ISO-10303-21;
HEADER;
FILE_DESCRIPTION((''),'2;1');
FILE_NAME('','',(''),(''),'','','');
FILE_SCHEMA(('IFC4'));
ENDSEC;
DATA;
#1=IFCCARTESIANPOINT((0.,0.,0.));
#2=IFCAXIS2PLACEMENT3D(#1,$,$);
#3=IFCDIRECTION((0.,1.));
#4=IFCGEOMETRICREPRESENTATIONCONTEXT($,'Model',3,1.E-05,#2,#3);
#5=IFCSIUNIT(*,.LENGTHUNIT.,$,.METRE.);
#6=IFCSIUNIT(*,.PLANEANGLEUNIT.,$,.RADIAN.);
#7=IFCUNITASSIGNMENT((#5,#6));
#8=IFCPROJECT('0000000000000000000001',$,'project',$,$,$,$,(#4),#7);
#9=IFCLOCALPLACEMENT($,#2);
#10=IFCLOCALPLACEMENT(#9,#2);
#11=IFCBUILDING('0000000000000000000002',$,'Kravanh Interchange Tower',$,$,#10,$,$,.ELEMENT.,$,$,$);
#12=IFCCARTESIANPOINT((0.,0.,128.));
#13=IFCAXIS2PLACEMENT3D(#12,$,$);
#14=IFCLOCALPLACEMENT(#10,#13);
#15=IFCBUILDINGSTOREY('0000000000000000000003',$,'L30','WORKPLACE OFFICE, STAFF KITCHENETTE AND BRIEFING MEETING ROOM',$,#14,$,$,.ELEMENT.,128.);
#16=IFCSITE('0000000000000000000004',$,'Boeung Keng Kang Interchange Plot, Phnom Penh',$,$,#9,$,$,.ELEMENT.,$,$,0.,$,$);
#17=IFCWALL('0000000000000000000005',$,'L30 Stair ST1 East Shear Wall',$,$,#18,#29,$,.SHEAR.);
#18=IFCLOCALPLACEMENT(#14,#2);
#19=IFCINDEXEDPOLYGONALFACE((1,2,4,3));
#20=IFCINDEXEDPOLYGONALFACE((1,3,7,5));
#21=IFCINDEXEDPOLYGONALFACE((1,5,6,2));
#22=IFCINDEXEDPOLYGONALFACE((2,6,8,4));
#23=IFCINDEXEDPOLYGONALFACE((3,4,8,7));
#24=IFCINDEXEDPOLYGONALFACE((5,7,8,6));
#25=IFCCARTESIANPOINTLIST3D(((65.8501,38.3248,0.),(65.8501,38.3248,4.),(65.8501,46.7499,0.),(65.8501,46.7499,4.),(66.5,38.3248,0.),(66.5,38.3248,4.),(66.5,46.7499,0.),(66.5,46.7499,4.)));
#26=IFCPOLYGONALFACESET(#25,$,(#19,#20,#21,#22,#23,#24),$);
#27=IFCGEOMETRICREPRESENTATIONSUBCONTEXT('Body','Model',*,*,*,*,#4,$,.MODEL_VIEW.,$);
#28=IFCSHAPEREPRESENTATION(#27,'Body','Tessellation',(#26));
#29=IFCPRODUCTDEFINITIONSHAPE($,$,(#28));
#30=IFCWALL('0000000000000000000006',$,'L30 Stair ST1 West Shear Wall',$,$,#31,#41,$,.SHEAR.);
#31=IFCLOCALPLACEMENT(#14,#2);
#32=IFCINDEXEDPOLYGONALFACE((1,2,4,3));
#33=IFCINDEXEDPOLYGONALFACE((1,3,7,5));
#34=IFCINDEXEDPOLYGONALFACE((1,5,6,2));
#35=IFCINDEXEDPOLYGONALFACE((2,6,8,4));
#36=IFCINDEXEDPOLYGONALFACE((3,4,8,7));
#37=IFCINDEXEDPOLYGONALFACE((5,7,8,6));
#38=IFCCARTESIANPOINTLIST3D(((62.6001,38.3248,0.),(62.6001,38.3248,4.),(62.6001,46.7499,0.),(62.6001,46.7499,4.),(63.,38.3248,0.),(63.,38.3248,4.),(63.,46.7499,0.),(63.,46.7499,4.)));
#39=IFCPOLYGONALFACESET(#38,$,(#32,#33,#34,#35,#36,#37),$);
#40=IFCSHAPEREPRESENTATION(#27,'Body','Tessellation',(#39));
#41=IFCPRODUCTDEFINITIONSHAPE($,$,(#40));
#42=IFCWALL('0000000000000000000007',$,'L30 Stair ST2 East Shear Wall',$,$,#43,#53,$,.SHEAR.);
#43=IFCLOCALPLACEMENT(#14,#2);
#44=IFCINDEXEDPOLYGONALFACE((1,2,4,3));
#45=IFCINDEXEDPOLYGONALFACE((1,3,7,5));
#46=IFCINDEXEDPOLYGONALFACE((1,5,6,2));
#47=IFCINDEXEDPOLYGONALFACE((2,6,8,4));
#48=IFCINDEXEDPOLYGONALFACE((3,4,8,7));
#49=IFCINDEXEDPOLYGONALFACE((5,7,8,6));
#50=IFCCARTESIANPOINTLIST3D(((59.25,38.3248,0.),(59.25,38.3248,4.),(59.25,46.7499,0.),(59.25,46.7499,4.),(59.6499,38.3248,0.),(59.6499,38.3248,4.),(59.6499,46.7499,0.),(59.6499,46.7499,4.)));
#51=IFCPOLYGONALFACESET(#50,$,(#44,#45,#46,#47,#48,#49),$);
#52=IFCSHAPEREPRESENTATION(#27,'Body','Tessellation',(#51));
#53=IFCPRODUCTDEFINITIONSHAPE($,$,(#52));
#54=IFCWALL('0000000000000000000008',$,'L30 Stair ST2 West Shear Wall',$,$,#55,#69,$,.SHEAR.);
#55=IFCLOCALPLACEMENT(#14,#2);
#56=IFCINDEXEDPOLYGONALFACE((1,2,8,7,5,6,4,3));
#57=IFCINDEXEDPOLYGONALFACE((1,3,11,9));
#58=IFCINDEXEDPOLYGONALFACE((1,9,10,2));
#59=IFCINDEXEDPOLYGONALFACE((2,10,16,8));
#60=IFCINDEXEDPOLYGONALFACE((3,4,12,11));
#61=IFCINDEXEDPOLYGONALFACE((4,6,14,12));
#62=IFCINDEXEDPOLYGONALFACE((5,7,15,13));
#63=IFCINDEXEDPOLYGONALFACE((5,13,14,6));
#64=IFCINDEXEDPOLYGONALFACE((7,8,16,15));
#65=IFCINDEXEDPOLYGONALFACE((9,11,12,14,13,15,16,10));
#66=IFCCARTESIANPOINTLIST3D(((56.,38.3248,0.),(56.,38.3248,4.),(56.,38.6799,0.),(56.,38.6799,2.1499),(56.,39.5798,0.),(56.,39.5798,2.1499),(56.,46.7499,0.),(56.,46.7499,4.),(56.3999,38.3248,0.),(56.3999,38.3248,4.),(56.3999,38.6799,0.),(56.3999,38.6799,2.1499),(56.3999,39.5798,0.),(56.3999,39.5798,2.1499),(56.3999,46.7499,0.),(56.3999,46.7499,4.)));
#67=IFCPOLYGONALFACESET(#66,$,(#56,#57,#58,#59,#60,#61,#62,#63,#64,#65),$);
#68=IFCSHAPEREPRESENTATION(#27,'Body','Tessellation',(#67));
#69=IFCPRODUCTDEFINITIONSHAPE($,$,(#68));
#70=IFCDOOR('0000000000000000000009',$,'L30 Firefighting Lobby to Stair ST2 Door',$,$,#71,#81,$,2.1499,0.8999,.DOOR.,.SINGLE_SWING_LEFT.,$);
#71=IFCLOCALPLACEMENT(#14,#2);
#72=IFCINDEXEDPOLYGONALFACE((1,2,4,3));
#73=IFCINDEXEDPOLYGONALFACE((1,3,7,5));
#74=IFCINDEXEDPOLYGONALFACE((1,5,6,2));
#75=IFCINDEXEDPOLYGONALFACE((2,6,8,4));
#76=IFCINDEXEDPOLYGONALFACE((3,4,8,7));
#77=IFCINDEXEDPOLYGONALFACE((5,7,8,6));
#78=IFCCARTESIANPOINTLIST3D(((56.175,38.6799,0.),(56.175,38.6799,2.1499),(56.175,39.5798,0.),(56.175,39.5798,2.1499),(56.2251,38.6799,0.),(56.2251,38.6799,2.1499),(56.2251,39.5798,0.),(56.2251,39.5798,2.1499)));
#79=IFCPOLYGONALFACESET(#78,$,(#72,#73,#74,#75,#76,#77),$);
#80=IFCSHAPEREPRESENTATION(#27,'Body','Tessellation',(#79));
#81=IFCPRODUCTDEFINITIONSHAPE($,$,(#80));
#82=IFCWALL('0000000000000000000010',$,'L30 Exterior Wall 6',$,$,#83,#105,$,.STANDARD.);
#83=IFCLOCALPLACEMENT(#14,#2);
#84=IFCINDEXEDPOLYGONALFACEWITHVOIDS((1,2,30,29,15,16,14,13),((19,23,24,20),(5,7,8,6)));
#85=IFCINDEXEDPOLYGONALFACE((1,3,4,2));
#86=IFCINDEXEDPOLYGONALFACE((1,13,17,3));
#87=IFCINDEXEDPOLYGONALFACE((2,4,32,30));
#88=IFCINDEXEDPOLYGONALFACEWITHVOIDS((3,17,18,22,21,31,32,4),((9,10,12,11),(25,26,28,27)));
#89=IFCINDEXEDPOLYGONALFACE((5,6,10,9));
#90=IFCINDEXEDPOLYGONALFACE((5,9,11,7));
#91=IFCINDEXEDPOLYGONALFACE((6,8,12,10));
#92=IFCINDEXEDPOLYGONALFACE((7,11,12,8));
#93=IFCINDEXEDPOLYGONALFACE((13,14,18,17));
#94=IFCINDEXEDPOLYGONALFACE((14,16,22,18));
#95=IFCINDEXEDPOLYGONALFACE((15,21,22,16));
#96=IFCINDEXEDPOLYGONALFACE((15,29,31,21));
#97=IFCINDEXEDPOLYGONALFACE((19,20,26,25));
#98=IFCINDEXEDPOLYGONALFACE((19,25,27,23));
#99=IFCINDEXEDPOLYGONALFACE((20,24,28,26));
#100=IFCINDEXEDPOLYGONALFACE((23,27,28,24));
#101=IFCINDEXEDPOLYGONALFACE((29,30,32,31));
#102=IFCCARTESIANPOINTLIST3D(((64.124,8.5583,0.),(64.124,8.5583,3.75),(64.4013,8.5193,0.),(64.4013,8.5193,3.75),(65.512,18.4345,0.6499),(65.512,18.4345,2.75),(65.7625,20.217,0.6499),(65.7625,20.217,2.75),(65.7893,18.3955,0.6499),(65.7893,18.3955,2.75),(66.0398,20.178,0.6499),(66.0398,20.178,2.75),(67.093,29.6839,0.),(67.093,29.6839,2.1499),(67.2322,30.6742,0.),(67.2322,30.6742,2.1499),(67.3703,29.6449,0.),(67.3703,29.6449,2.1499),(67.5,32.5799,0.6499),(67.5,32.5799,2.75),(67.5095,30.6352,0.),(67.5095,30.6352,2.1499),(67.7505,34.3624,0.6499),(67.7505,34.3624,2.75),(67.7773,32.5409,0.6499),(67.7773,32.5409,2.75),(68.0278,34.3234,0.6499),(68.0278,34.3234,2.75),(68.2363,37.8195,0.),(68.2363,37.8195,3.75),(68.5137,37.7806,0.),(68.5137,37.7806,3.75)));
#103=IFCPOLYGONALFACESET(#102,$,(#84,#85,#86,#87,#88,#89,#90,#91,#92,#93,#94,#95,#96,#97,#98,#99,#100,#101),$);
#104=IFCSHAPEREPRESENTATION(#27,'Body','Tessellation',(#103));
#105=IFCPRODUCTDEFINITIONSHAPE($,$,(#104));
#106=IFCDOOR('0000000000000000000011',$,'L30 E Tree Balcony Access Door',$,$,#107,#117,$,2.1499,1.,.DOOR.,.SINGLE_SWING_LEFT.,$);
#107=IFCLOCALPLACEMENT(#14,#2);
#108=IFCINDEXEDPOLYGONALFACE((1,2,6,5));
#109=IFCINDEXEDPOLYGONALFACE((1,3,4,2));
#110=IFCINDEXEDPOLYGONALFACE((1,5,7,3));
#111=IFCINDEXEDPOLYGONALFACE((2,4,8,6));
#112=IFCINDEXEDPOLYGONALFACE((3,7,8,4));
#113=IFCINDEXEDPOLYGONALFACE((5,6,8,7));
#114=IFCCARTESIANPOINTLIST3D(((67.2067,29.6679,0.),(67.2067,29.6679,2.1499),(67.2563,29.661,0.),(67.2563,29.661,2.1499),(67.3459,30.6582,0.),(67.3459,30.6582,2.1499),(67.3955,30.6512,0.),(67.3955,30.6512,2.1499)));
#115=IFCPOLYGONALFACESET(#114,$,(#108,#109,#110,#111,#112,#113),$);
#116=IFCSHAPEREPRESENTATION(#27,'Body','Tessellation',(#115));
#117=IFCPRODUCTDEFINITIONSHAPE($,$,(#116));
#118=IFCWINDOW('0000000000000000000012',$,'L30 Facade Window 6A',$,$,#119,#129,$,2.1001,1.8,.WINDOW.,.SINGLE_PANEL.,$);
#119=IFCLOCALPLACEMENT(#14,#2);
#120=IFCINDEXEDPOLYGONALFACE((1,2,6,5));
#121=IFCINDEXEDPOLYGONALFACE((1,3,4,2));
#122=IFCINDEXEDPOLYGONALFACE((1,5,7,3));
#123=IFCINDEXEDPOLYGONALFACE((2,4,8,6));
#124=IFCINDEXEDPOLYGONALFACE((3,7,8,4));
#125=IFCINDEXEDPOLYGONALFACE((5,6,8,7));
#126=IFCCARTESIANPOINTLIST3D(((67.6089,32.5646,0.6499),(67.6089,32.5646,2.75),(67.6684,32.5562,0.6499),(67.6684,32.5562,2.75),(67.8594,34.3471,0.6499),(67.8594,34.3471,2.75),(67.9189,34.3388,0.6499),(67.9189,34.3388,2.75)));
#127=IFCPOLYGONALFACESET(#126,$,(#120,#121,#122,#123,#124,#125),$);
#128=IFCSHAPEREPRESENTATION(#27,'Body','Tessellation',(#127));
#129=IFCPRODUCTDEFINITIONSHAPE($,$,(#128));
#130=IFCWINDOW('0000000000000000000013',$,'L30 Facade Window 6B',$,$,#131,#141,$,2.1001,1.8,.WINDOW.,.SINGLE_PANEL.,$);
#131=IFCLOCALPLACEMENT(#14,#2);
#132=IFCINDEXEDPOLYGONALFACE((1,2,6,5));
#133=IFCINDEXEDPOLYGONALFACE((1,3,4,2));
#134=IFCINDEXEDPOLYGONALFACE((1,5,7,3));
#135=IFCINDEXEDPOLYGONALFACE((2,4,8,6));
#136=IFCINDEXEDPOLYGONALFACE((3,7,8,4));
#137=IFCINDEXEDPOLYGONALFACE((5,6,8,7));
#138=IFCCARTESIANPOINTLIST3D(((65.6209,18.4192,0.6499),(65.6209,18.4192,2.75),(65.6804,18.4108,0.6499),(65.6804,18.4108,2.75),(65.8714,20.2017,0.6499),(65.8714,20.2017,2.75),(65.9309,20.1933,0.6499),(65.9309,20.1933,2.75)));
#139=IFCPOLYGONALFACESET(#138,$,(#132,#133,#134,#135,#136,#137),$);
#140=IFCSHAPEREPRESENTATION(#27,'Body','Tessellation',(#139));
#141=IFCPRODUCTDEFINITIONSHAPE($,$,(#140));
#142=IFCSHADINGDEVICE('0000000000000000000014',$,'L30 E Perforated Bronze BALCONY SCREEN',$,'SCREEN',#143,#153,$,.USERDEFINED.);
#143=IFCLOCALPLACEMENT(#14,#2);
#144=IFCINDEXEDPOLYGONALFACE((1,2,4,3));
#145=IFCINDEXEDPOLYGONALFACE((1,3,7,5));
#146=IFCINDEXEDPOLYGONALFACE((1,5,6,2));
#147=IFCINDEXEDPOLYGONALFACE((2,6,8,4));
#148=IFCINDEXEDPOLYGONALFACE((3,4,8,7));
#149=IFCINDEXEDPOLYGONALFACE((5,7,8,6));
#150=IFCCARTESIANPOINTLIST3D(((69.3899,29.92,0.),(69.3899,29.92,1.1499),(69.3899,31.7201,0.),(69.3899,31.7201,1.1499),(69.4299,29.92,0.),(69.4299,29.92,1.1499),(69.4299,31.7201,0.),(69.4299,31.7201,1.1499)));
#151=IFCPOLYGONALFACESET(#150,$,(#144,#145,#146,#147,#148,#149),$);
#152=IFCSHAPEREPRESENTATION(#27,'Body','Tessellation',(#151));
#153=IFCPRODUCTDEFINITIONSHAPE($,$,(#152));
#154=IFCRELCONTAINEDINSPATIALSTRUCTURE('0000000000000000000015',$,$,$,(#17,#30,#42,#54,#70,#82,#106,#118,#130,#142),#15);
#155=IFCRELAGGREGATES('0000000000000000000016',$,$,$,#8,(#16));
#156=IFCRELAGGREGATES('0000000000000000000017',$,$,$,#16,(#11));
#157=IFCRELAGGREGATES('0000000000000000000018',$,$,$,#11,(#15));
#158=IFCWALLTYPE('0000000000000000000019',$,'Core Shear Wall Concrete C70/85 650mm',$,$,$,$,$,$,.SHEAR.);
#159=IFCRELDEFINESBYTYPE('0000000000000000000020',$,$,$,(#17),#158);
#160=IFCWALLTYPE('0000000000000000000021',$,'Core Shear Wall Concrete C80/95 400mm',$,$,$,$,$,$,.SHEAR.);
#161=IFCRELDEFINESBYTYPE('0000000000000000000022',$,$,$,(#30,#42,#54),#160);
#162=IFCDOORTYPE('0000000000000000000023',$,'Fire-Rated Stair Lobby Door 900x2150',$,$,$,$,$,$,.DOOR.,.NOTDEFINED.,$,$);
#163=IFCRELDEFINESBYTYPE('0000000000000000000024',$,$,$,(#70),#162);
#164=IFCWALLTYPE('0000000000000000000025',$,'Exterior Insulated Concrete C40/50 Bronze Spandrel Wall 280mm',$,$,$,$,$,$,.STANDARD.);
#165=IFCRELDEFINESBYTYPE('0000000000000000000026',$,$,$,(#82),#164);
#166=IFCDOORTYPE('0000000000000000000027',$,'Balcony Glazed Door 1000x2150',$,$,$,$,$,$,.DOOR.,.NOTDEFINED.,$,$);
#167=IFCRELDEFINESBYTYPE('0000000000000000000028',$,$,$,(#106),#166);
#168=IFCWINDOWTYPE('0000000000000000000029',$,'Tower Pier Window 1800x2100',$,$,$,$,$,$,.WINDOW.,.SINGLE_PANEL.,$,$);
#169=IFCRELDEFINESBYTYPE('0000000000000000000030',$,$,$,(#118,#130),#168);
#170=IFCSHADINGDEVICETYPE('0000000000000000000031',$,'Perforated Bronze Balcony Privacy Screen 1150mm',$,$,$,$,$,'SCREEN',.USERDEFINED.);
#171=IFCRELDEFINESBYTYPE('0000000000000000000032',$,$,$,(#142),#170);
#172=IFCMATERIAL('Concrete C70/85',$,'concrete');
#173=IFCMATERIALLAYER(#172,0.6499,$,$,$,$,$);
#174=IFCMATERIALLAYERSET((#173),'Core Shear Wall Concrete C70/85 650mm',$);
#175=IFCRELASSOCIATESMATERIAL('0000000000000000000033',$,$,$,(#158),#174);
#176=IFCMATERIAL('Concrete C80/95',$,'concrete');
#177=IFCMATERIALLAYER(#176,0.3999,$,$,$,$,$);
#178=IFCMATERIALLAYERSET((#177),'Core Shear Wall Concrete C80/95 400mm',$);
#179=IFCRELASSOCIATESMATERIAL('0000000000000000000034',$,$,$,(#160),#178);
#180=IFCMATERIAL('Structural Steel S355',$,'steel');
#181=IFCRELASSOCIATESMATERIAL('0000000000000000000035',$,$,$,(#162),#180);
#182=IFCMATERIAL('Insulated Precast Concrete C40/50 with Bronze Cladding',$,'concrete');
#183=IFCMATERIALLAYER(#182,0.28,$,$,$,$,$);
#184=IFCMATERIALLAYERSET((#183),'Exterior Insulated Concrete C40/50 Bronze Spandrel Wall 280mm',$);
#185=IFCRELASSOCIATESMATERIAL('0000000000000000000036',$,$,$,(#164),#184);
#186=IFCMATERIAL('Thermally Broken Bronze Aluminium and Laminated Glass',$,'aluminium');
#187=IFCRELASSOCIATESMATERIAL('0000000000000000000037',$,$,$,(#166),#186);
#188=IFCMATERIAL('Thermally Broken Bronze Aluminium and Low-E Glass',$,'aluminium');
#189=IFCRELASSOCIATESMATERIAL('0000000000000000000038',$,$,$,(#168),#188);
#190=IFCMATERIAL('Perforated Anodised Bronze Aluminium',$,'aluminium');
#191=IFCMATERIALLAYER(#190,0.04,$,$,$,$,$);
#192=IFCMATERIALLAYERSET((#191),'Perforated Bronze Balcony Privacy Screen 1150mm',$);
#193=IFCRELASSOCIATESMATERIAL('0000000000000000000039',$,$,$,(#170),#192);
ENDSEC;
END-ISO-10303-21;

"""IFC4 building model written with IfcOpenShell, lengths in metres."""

from ifc_helpers import new_model, si_unit, direction, frame, frame_2d, origin, origin_2d, place, context, subcontext, project, spatial, rectangle, extrude, material, layer, layer_set, type_object, element, fill, save


model = new_model("IFC4")

# Units and contexts
model_context = context("Model", 3, precision=1e-05, world=origin(), true_north=direction((0.0, 1.0)))
body_context = subcontext(model_context, "Body", "Model", "MODEL_VIEW")
ifc_project = project(units=[si_unit("LENGTHUNIT", "METRE"), si_unit("PLANEANGLEUNIT", "RADIAN")], contexts=[model_context])

# Site, building, storey
site_placement = place(None, origin())
site = spatial("IfcSite", under=ifc_project, at=site_placement, Name="Boeung Keng Kang Interchange Plot, Phnom Penh", CompositionType="ELEMENT", RefElevation=0.0)
building_placement = place(site_placement, origin())
building = spatial("IfcBuilding", under=site, at=building_placement, Name="Kravanh Interchange Tower", CompositionType="ELEMENT")
storey_placement = place(building_placement, frame((0.0, 0.0, 128.0)))
storey = spatial("IfcBuildingStorey", under=building, at=storey_placement, Name="L30", Description="WORKPLACE OFFICE, STAFF KITCHENETTE AND BRIEFING MEETING ROOM", CompositionType="ELEMENT", Elevation=128.0)

# Walls
ifc_material_1 = material(Name="Concrete C70/85", Category="concrete")
ifc_layer_1 = layer(ifc_material_1, 0.6499)
ifc_layer_set_1 = layer_set([ifc_layer_1], Name="Core Shear Wall Concrete C70/85 650mm")
wall_type_1 = type_object("IfcWallType", Name="Core Shear Wall Concrete C70/85 650mm", PredefinedType="SHEAR", material=ifc_layer_set_1)
wall_1_placement = place(storey_placement, frame((66.175, 38.325, 0.0), z_axis=(0.0, 0.0, 1.0), x_axis=(0.0, 1.0, 0.0)))
element("IfcWall", 1, at=wall_1_placement, inside=storey, type_object=wall_type_1, Name="L30 Stair ST1 East Shear Wall", PredefinedType="SHEAR", context=body_context, shape_type="SweptSolid", body=[
    extrude(rectangle(XDim=8.425, YDim=0.6499, at=frame_2d((4.2124, 0.0))), origin(), (0.0, 0.0, 1.0), 4.0),
])
ifc_material_2 = material(Name="Concrete C80/95", Category="concrete")
ifc_layer_2 = layer(ifc_material_2, 0.3999)
ifc_layer_set_2 = layer_set([ifc_layer_2], Name="Core Shear Wall Concrete C80/95 400mm")
wall_type_2 = type_object("IfcWallType", Name="Core Shear Wall Concrete C80/95 400mm", PredefinedType="SHEAR", material=ifc_layer_set_2)
for number, where, z_axis, x_axis, name in (
    (2, (62.8, 38.325, 0.0), (0.0, 0.0, 1.0), (0.0, 1.0, 0.0), "L30 Stair ST1 West Shear Wall"),
    (3, (59.45, 38.325, 0.0), (0.0, 0.0, 1.0), (0.0, 1.0, 0.0), "L30 Stair ST2 East Shear Wall"),
):
    element("IfcWall", number, at=place(storey_placement, frame(where, z_axis=z_axis, x_axis=x_axis)), inside=storey, type_object=wall_type_2, Name=name, PredefinedType="SHEAR", context=body_context, shape_type="SweptSolid", body=[
        extrude(rectangle(XDim=8.425, YDim=0.3999, at=frame_2d((4.2124, 0.0))), origin(), (0.0, 0.0, 1.0), 4.0),
    ])

# Wall, opening, door
wall_2_placement = place(storey_placement, frame((56.2, 38.325, 0.0), z_axis=(0.0, 0.0, 1.0), x_axis=(0.0, 1.0, 0.0)))
wall_2 = element("IfcWall", 4, at=wall_2_placement, inside=storey, type_object=wall_type_2, Name="L30 Stair ST2 West Shear Wall", PredefinedType="SHEAR", context=body_context, shape_type="SweptSolid", body=[
    extrude(rectangle(XDim=8.425, YDim=0.3999, at=frame_2d((4.2124, 0.0))), origin(), (0.0, 0.0, 1.0), 4.0),
])
opening_1_placement = place(wall_2_placement, frame((0.355, 0.0, 0.0)))
opening_1 = element("IfcOpeningElement", 5, at=opening_1_placement, cuts=wall_2, PredefinedType="OPENING", context=body_context, shape_type="SweptSolid", body=[
    extrude(rectangle(XDim=0.8999, YDim=2.1499, at=frame_2d((0.45, 1.075))), frame((0.0, 0.21, 0.0), z_axis=(0.0, -1.0, 0.0), x_axis=(1.0, 0.0, 0.0)), (0.0, 0.0, 1.0), 0.4199),
])
ifc_material_3 = material(Name="Structural Steel S355", Category="steel")
door_type_1 = type_object("IfcDoorType", Name="Fire-Rated Stair Lobby Door 900x2150", OperationType="NOTDEFINED", PredefinedType="DOOR", material=ifc_material_3)
door_1_placement = place(opening_1_placement, origin())
door_1 = element("IfcDoor", 6, at=door_1_placement, inside=storey, type_object=door_type_1, Name="L30 Firefighting Lobby to Stair ST2 Door", OperationType="SINGLE_SWING_LEFT", OverallHeight=2.1499, OverallWidth=0.8999, PredefinedType="DOOR", context=body_context, shape_type="SweptSolid", body=[
    extrude(rectangle(XDim=0.8999, YDim=2.1499, at=frame_2d((0.45, 1.075))), frame((0.0, 0.0249, 0.0), z_axis=(0.0, -1.0, 0.0), x_axis=(1.0, 0.0, 0.0)), (0.0, 0.0, 1.0), 0.05),
])
fill(opening_1, door_1)

# Wall, openings, door, windows
ifc_material_4 = material(Name="Insulated Precast Concrete C40/50 with Bronze Cladding", Category="concrete")
ifc_layer_3 = layer(ifc_material_4, 0.28)
ifc_layer_set_3 = layer_set([ifc_layer_3], Name="Exterior Insulated Concrete C40/50 Bronze Spandrel Wall 280mm")
wall_type_3 = type_object("IfcWallType", Name="Exterior Insulated Concrete C40/50 Bronze Spandrel Wall 280mm", PredefinedType="STANDARD", material=ifc_layer_set_3)
wall_3_placement = place(storey_placement, frame((68.375, 37.8, 0.0), z_axis=(0.0, 0.0, 1.0), x_axis=(-0.13917, -0.990269, 0.0)))
wall_3 = element("IfcWall", 7, at=wall_3_placement, inside=storey, type_object=wall_type_3, Name="L30 Exterior Wall 6", PredefinedType="STANDARD", context=body_context, shape_type="SweptSolid", body=[
    extrude(rectangle(XDim=29.5488, YDim=0.28, at=frame_2d((14.7744, 0.0))), origin(), (0.0, 0.0, 1.0), 3.75),
])
opening_2_placement = place(wall_3_placement, frame((7.2156, 0.0, 0.0)))
opening_2 = element("IfcOpeningElement", 8, at=opening_2_placement, cuts=wall_3, PredefinedType="OPENING", context=body_context, shape_type="SweptSolid", body=[
    extrude(rectangle(XDim=1.0, YDim=2.1499, at=frame_2d((0.5, 1.075))), frame((0.0, 0.1499, 0.0), z_axis=(0.0, -1.0, 0.0), x_axis=(1.0, 0.0, 0.0)), (0.0, 0.0, 1.0), 0.3),
])
opening_3_placement = place(wall_3_placement, frame((3.4912, 0.0, 0.6499)))
opening_3 = element("IfcOpeningElement", 9, at=opening_3_placement, cuts=wall_3, PredefinedType="OPENING", context=body_context, shape_type="SweptSolid", body=[
    extrude(rectangle(XDim=1.8, YDim=2.1001, at=frame_2d((0.8999, 1.05))), frame((0.0, 0.1499, 0.0), z_axis=(0.0, -1.0, 0.0), x_axis=(1.0, 0.0, 0.0)), (0.0, 0.0, 1.0), 0.3),
])
opening_4_placement = place(wall_3_placement, frame((17.7756, 0.0, 0.6499)))
opening_4 = element("IfcOpeningElement", 10, at=opening_4_placement, cuts=wall_3, PredefinedType="OPENING", context=body_context, shape_type="SweptSolid", body=[
    extrude(rectangle(XDim=1.8, YDim=2.1001, at=frame_2d((0.8999, 1.05))), frame((0.0, 0.1499, 0.0), z_axis=(0.0, -1.0, 0.0), x_axis=(1.0, 0.0, 0.0)), (0.0, 0.0, 1.0), 0.3),
])
ifc_material_5 = material(Name="Thermally Broken Bronze Aluminium and Laminated Glass", Category="aluminium")
door_type_2 = type_object("IfcDoorType", Name="Balcony Glazed Door 1000x2150", OperationType="NOTDEFINED", PredefinedType="DOOR", material=ifc_material_5)
door_2_placement = place(opening_2_placement, origin())
door_2 = element("IfcDoor", 11, at=door_2_placement, inside=storey, type_object=door_type_2, Name="L30 E Tree Balcony Access Door", OperationType="SINGLE_SWING_LEFT", OverallHeight=2.1499, OverallWidth=1.0, PredefinedType="DOOR", context=body_context, shape_type="SweptSolid", body=[
    extrude(rectangle(XDim=1.0, YDim=2.1499, at=frame_2d((0.5, 1.075))), frame((0.0, 0.0249, 0.0), z_axis=(0.0, -1.0, 0.0), x_axis=(1.0, 0.0, 0.0)), (0.0, 0.0, 1.0), 0.05),
])
fill(opening_2, door_2)
ifc_material_6 = material(Name="Thermally Broken Bronze Aluminium and Low-E Glass", Category="aluminium")
window_type = type_object("IfcWindowType", Name="Tower Pier Window 1800x2100", PartitioningType="SINGLE_PANEL", PredefinedType="WINDOW", material=ifc_material_6)
window_1_placement = place(opening_3_placement, origin())
window_1 = element("IfcWindow", 12, at=window_1_placement, inside=storey, type_object=window_type, Name="L30 Facade Window 6A", OverallHeight=2.1001, OverallWidth=1.8, PartitioningType="SINGLE_PANEL", PredefinedType="WINDOW", context=body_context, shape_type="SweptSolid", body=[
    extrude(rectangle(XDim=1.8, YDim=2.1001, at=frame_2d((0.8999, 1.05))), frame((0.0, 0.03, 0.0), z_axis=(0.0, -1.0, 0.0), x_axis=(1.0, 0.0, 0.0)), (0.0, 0.0, 1.0), 0.0601),
])
fill(opening_3, window_1)
window_2_placement = place(opening_4_placement, origin())
window_2 = element("IfcWindow", 13, at=window_2_placement, inside=storey, type_object=window_type, Name="L30 Facade Window 6B", OverallHeight=2.1001, OverallWidth=1.8, PartitioningType="SINGLE_PANEL", PredefinedType="WINDOW", context=body_context, shape_type="SweptSolid", body=[
    extrude(rectangle(XDim=1.8, YDim=2.1001, at=frame_2d((0.8999, 1.05))), frame((0.0, 0.03, 0.0), z_axis=(0.0, -1.0, 0.0), x_axis=(1.0, 0.0, 0.0)), (0.0, 0.0, 1.0), 0.0601),
])
fill(opening_4, window_2)

# Shading device
ifc_material_7 = material(Name="Perforated Anodised Bronze Aluminium", Category="aluminium")
ifc_layer_4 = layer(ifc_material_7, 0.04)
ifc_layer_set_4 = layer_set([ifc_layer_4], Name="Perforated Bronze Balcony Privacy Screen 1150mm")
shading_device_type = type_object("IfcShadingDeviceType", Name="Perforated Bronze Balcony Privacy Screen 1150mm", ElementType="SCREEN", PredefinedType="USERDEFINED", material=ifc_layer_set_4)
shading_device_placement = place(storey_placement, frame((69.4099, 30.8201, 0.0), z_axis=(0.0, 0.0, 1.0), x_axis=(1.0, 0.0, 0.0)))
element("IfcShadingDevice", 14, at=shading_device_placement, inside=storey, type_object=shading_device_type, Name="L30 E Perforated Bronze BALCONY SCREEN", ObjectType="SCREEN", PredefinedType="USERDEFINED", context=body_context, shape_type="SweptSolid", body=[
    extrude(rectangle(XDim=0.04, YDim=1.8, at=origin_2d()), origin(), (0.0, 0.0, 1.0), 1.1499),
])

save(model, "model.ifc")
